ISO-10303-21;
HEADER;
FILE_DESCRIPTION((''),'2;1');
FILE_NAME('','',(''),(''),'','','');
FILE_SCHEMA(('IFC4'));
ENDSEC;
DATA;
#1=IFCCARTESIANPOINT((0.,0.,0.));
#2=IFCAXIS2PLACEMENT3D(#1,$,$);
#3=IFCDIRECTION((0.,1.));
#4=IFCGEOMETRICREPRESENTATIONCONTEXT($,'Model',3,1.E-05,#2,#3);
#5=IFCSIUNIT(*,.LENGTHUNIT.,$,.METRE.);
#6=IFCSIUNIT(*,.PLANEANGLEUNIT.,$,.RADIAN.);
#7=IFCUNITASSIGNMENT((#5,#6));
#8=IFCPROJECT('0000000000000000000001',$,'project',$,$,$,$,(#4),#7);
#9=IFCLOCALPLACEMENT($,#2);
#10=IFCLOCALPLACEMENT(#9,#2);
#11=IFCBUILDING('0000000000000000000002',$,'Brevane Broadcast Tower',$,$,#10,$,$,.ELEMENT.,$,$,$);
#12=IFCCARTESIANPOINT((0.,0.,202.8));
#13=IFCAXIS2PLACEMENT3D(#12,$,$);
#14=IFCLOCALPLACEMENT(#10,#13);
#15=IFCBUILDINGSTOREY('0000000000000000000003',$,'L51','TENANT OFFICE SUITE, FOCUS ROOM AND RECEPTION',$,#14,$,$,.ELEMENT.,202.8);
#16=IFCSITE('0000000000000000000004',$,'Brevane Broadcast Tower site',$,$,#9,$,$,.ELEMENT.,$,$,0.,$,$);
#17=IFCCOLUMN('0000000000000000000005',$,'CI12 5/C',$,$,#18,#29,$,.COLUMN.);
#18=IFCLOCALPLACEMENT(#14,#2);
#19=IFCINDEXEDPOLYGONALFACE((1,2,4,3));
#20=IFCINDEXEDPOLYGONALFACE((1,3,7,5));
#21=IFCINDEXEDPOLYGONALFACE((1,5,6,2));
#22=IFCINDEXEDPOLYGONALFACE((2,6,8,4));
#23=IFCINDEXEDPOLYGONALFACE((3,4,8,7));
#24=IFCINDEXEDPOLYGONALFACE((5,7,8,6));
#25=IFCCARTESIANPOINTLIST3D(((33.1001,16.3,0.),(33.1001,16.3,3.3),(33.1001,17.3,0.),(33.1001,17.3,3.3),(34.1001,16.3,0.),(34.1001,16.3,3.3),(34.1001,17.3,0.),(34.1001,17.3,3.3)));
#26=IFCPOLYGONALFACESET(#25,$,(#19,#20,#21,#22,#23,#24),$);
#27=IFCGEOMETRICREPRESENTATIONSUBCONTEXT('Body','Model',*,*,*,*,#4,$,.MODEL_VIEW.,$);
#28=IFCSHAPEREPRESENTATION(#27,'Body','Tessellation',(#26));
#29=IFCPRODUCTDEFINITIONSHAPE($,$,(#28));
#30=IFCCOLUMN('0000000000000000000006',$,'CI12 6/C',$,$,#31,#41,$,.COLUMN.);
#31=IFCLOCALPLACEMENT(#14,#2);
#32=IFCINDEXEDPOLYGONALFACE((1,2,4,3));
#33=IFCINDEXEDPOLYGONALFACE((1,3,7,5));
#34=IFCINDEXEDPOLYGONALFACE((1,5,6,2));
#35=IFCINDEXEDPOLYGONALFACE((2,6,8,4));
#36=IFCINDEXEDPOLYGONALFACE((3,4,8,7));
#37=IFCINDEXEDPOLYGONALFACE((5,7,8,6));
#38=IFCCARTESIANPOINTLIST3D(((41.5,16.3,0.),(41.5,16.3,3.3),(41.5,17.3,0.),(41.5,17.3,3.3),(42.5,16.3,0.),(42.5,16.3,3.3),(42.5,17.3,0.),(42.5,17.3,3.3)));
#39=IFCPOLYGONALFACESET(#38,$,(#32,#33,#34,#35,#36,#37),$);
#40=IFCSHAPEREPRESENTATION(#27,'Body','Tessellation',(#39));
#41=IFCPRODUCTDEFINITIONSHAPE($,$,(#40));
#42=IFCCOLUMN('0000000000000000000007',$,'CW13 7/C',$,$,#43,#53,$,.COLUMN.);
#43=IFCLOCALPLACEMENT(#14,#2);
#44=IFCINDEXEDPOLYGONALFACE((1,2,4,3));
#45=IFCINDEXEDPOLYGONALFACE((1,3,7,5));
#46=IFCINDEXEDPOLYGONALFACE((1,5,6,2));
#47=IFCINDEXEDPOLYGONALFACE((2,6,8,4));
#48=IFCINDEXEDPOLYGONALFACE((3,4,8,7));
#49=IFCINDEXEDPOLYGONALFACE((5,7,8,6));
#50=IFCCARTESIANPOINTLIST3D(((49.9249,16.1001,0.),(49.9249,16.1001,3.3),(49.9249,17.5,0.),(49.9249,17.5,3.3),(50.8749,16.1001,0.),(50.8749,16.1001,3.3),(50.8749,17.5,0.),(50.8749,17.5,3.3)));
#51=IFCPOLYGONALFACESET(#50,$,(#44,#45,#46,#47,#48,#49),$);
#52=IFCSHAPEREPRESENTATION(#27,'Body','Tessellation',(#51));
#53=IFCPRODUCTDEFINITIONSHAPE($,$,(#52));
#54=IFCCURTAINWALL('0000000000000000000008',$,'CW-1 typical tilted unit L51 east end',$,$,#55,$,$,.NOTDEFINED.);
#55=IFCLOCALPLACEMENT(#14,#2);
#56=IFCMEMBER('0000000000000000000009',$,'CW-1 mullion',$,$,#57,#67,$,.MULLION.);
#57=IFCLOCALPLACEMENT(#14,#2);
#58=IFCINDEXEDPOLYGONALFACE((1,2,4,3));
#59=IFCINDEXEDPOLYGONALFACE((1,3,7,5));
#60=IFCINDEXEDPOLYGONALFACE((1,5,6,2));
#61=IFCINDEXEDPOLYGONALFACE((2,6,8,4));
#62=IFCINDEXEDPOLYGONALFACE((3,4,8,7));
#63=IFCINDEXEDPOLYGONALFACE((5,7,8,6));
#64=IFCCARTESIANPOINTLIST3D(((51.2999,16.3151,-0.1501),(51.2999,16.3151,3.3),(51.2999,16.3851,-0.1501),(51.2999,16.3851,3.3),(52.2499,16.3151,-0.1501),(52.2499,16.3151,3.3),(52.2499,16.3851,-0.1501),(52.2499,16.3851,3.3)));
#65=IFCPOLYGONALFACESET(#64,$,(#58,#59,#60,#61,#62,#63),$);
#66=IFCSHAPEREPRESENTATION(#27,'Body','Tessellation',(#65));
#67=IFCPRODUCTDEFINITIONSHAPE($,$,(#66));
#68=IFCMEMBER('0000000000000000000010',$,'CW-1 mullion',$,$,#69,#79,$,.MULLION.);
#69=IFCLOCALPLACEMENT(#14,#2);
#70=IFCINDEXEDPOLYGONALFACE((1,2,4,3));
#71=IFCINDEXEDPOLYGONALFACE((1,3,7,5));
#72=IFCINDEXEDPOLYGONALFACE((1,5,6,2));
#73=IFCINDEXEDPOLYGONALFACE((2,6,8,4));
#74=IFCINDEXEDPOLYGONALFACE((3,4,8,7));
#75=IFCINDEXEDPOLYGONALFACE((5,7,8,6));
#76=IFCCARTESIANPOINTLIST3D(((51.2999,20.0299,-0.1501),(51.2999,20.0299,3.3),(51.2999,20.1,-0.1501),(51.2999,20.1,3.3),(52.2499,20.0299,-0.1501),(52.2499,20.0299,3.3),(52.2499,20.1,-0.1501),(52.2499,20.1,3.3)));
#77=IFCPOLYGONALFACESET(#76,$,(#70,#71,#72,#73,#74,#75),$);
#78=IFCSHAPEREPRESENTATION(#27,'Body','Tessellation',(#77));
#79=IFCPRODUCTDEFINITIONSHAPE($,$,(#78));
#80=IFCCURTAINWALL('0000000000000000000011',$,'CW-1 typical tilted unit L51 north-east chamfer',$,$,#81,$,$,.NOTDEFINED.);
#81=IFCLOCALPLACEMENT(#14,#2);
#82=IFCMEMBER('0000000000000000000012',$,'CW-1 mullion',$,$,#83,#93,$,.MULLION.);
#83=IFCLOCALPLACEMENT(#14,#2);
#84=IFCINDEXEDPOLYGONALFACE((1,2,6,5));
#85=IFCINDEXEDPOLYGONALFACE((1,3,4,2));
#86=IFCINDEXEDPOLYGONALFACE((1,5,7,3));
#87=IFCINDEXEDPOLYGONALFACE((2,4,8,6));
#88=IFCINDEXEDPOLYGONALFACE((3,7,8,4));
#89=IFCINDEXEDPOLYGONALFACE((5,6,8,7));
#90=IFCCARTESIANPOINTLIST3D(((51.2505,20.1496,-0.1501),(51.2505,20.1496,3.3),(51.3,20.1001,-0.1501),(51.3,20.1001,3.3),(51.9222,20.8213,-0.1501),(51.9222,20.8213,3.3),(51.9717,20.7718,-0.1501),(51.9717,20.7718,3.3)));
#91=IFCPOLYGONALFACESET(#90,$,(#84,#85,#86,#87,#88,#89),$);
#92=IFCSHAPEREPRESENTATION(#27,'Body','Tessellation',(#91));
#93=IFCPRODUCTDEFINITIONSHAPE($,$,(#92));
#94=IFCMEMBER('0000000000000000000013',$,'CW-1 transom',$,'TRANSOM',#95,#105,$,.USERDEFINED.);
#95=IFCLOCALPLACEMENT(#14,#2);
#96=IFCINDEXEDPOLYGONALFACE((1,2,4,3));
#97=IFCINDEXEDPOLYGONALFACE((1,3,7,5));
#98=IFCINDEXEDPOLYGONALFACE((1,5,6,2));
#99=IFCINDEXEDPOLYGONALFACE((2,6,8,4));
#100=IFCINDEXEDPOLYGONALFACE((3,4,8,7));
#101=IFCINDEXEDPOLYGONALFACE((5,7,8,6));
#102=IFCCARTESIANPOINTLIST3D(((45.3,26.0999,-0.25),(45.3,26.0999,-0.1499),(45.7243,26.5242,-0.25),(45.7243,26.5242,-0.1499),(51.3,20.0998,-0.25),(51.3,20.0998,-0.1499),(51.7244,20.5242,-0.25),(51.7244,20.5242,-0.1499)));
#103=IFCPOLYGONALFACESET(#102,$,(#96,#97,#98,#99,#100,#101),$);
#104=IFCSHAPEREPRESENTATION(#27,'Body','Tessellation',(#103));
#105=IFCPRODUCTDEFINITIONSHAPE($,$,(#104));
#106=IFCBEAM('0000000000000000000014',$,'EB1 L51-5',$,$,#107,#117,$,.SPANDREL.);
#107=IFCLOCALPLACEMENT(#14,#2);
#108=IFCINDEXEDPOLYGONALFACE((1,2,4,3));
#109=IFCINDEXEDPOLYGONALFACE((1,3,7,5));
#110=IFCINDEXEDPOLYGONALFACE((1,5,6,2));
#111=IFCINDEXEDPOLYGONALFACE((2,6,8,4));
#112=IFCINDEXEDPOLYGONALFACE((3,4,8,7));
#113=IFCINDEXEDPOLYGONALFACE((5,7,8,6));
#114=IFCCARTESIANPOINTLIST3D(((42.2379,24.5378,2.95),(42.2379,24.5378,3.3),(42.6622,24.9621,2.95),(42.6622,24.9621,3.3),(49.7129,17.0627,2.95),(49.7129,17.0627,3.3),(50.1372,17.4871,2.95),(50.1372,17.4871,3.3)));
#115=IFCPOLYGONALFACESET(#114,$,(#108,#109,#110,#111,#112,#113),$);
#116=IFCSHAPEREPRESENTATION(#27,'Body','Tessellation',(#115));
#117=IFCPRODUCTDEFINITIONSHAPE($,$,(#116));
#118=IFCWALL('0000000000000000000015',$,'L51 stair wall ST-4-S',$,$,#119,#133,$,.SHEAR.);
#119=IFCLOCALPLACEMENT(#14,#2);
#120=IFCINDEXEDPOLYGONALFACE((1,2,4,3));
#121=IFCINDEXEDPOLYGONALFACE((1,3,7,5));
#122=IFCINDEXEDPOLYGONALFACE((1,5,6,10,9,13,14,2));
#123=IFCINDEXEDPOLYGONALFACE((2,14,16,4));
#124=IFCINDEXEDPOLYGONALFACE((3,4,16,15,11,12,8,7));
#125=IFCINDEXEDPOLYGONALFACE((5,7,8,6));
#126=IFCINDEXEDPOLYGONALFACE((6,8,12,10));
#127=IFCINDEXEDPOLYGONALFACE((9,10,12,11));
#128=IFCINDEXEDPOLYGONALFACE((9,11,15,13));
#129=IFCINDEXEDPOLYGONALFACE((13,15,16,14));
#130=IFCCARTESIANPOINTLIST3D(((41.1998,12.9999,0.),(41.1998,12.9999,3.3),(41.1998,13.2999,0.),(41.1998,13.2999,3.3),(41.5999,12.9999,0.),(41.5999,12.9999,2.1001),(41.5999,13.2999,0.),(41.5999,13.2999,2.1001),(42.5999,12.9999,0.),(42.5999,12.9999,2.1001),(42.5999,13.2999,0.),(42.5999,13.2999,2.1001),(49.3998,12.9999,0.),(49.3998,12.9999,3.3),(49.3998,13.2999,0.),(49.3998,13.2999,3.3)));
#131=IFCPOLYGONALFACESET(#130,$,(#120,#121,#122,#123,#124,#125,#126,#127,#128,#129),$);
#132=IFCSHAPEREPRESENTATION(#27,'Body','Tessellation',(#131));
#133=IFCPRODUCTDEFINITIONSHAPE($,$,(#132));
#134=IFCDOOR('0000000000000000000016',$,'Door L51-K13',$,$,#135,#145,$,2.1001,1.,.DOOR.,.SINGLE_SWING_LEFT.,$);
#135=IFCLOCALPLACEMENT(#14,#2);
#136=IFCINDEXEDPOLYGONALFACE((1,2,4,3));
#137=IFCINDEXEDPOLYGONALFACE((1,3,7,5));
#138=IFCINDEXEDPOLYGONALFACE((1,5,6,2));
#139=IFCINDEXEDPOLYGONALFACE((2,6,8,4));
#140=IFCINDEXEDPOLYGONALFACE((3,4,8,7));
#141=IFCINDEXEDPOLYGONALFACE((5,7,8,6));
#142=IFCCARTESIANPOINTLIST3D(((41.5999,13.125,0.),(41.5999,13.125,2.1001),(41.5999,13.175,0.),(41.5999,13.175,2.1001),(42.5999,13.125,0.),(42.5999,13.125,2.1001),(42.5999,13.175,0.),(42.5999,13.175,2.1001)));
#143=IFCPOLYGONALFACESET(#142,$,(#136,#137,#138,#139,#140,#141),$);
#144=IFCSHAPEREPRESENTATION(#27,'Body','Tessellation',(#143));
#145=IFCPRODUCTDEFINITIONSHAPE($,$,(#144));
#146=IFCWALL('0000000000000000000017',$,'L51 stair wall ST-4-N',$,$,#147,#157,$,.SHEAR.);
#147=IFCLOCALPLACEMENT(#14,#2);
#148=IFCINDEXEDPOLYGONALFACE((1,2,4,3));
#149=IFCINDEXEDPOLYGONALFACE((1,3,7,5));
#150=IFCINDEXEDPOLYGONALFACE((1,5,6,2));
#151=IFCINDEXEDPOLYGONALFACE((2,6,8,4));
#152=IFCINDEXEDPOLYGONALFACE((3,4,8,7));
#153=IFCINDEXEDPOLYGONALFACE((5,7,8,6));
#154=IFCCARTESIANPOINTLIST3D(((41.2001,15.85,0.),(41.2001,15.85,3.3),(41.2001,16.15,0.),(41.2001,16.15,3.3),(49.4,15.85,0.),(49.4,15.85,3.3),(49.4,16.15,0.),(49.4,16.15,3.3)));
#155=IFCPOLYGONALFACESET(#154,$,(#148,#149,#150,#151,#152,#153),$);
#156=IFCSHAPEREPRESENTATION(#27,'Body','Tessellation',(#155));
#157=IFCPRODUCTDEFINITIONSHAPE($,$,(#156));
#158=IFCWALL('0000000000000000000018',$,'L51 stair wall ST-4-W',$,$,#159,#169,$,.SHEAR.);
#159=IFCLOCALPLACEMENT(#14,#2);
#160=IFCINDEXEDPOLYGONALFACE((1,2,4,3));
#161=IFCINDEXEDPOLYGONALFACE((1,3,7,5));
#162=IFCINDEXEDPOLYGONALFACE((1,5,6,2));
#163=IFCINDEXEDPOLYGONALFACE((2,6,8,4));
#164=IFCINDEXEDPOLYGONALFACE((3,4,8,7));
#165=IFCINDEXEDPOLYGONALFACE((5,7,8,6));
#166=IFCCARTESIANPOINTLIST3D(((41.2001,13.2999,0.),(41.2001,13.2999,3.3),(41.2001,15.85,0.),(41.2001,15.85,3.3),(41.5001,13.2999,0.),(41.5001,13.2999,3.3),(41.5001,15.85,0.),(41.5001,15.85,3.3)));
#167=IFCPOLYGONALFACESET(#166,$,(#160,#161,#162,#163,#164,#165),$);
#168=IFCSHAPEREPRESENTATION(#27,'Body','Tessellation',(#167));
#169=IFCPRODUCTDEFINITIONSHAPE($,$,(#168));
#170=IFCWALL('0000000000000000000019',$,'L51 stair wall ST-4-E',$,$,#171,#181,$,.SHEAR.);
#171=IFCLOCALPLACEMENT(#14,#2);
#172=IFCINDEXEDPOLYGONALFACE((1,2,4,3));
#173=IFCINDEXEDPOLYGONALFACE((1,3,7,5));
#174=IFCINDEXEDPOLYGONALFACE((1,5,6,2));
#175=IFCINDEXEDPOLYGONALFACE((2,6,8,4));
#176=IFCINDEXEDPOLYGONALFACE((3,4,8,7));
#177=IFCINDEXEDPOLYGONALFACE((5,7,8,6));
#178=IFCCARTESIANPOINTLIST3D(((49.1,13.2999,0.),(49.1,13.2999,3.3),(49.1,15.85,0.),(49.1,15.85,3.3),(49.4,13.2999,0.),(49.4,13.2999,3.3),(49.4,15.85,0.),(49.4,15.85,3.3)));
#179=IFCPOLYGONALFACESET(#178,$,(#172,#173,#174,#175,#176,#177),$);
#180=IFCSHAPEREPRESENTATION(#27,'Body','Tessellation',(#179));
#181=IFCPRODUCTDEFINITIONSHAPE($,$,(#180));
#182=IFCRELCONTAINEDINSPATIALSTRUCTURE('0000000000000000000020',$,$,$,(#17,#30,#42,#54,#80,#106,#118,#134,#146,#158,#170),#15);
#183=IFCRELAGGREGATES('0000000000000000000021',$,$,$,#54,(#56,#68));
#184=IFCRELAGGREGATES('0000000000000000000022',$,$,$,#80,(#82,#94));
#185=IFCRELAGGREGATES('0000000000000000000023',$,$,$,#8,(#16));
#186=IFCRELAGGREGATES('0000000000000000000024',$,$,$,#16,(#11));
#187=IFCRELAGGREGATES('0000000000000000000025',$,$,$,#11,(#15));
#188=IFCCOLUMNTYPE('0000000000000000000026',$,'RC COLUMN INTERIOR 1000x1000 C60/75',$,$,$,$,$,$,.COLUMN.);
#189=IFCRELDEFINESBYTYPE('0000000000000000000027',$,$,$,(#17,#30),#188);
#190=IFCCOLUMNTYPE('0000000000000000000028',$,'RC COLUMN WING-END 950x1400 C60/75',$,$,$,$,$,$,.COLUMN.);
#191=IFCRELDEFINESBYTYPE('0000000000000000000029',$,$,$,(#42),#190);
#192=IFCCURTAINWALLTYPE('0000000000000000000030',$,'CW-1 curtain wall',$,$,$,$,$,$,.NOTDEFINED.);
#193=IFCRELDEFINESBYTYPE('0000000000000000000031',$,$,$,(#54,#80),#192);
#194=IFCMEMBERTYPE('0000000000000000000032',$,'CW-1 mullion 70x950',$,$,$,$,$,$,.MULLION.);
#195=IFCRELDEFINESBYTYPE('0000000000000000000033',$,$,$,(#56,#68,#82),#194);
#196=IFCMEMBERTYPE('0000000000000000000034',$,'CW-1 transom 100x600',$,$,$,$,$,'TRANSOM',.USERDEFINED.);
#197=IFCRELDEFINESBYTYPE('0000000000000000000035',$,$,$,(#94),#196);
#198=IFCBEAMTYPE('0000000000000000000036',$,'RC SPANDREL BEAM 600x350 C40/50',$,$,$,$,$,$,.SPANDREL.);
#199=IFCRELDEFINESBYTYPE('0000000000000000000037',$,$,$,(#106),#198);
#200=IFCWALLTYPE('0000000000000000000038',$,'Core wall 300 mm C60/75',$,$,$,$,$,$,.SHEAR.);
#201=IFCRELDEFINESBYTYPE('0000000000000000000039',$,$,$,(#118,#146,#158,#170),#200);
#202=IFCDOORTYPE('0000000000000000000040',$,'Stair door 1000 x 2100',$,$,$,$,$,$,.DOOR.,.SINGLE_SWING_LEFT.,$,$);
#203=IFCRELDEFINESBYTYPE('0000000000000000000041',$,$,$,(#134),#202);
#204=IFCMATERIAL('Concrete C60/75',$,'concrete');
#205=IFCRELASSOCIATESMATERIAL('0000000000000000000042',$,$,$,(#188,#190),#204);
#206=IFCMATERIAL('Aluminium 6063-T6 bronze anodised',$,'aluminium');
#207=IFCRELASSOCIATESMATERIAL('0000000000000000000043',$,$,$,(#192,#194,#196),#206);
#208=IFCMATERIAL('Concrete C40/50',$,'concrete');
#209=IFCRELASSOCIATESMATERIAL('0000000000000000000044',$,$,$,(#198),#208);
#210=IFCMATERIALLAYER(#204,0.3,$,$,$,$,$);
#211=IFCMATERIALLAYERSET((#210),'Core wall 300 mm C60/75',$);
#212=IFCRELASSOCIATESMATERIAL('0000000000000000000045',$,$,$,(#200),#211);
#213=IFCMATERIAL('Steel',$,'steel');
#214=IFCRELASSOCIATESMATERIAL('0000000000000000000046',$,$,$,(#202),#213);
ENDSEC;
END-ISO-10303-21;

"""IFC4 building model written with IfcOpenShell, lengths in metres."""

from ifc_helpers import new_model, si_unit, direction, frame, frame_2d, origin, origin_2d, place, context, subcontext, project, spatial, rectangle, extrude, material, layer, layer_set, material_profile, profile_set, type_object, element, fill, aggregate, save


model = new_model("IFC4")

# Units and contexts
model_context = context("Model", 3, precision=1e-05, world=origin(), true_north=direction((0.0, 1.0)))
body_context = subcontext(model_context, "Body", "Model", "MODEL_VIEW")
ifc_project = project(units=[si_unit("LENGTHUNIT", "METRE"), si_unit("PLANEANGLEUNIT", "RADIAN")], contexts=[model_context])

# Site, building, storey
site_placement = place(None, origin())
site = spatial("IfcSite", under=ifc_project, at=site_placement, Name="Brevane Broadcast Tower site", CompositionType="ELEMENT", RefElevation=0.0)
building_placement = place(site_placement, origin())
building = spatial("IfcBuilding", under=site, at=building_placement, Name="Brevane Broadcast Tower", CompositionType="ELEMENT")
storey_placement = place(building_placement, frame((0.0, 0.0, 202.8)))
storey = spatial("IfcBuildingStorey", under=building, at=storey_placement, Name="L51", Description="TENANT OFFICE SUITE, FOCUS ROOM AND RECEPTION", CompositionType="ELEMENT", Elevation=202.8)

# Columns
ifc_material_1 = material(Name="Concrete C60/75", Category="concrete")
ifc_material_profile_1 = material_profile(ifc_material_1, rectangle(XDim=1.0, YDim=1.0, at=origin_2d()), Name="RC 1000x1000")
ifc_profile_set_1 = profile_set([ifc_material_profile_1], Name="Concrete C60/75")
column_type_1 = type_object("IfcColumnType", Name="RC COLUMN INTERIOR 1000x1000 C60/75", PredefinedType="COLUMN", material=ifc_profile_set_1)
for number, where, z_axis, x_axis, name in (
    (1, (33.6001, 16.8, 0.0), (0.0, 0.0, 1.0), (1.0, 0.0, 0.0), "CI12 5/C"),
    (2, (42.0, 16.8, 0.0), (0.0, 0.0, 1.0), (1.0, 0.0, 0.0), "CI12 6/C"),
):
    element("IfcColumn", number, at=place(storey_placement, frame(where, z_axis=z_axis, x_axis=x_axis)), inside=storey, type_object=column_type_1, Name=name, PredefinedType="COLUMN", context=body_context, shape_type="SweptSolid", body=[
        extrude(rectangle(XDim=1.0, YDim=1.0, at=origin_2d()), origin(), (0.0, 0.0, 1.0), 3.3),
    ])
ifc_material_profile_2 = material_profile(ifc_material_1, rectangle(XDim=0.95, YDim=1.3999, at=origin_2d()), Name="RC 950x1400")
ifc_profile_set_2 = profile_set([ifc_material_profile_2], Name="Concrete C60/75")
column_type_2 = type_object("IfcColumnType", Name="RC COLUMN WING-END 950x1400 C60/75", PredefinedType="COLUMN", material=ifc_profile_set_2)
column_placement = place(storey_placement, frame((50.3999, 16.8, 0.0), z_axis=(0.0, 0.0, 1.0), x_axis=(1.0, 0.0, 0.0)))
element("IfcColumn", 3, at=column_placement, inside=storey, type_object=column_type_2, Name="CW13 7/C", PredefinedType="COLUMN", context=body_context, shape_type="SweptSolid", body=[
    extrude(rectangle(XDim=0.95, YDim=1.3999, at=origin_2d()), origin(), (0.0, 0.0, 1.0), 3.3),
])

# Curtain walls, members
ifc_material_2 = material(Name="Aluminium 6063-T6 bronze anodised", Category="aluminium")
curtain_wall_type = type_object("IfcCurtainWallType", Name="CW-1 curtain wall", PredefinedType="NOTDEFINED", material=ifc_material_2)
curtain_wall_1_placement = place(storey_placement, origin())
curtain_wall_1 = element("IfcCurtainWall", 4, at=curtain_wall_1_placement, inside=storey, type_object=curtain_wall_type, Name="CW-1 typical tilted unit L51 east end", PredefinedType="NOTDEFINED")
ifc_material_profile_3 = material_profile(ifc_material_2, rectangle(XDim=0.95, YDim=0.0701, at=origin_2d()), Name="RECT 70x950")
ifc_profile_set_3 = profile_set([ifc_material_profile_3], Name="Aluminium 6063-T6 bronze anodised")
member_type_1 = type_object("IfcMemberType", Name="CW-1 mullion 70x950", PredefinedType="MULLION", material=ifc_profile_set_3)
member_1_placement = place(storey_placement, frame((51.7749, 16.3501, -0.1501), z_axis=(0.0, 0.0, 1.0), x_axis=(-1.0, 0.0, 0.0)))
member_1 = element("IfcMember", 5, at=member_1_placement, type_object=member_type_1, Name="CW-1 mullion", PredefinedType="MULLION", context=body_context, shape_type="SweptSolid", body=[
    extrude(rectangle(XDim=0.95, YDim=0.0701, at=origin_2d()), origin(), (0.0, 0.0, 1.0), 3.4502),
])
member_2_placement = place(storey_placement, frame((51.7749, 20.0649, -0.1501), z_axis=(0.0, 0.0, 1.0), x_axis=(-1.0, 0.0, 0.0)))
member_2 = element("IfcMember", 6, at=member_2_placement, type_object=member_type_1, Name="CW-1 mullion", PredefinedType="MULLION", context=body_context, shape_type="SweptSolid", body=[
    extrude(rectangle(XDim=0.95, YDim=0.0701, at=origin_2d()), origin(), (0.0, 0.0, 1.0), 3.4502),
])
aggregate(curtain_wall_1, [member_1, member_2])
curtain_wall_2_placement = place(storey_placement, origin())
curtain_wall_2 = element("IfcCurtainWall", 7, at=curtain_wall_2_placement, inside=storey, type_object=curtain_wall_type, Name="CW-1 typical tilted unit L51 north-east chamfer", PredefinedType="NOTDEFINED")
member_3_placement = place(storey_placement, frame((51.6111, 20.4607, -0.1501), z_axis=(0.0, 0.0, 1.0), x_axis=(-0.707107, -0.707107, 0.0)))
member_3 = element("IfcMember", 8, at=member_3_placement, type_object=member_type_1, Name="CW-1 mullion", PredefinedType="MULLION", context=body_context, shape_type="SweptSolid", body=[
    extrude(rectangle(XDim=0.95, YDim=0.0701, at=origin_2d()), origin(), (0.0, 0.0, 1.0), 3.4502),
])
ifc_material_profile_4 = material_profile(ifc_material_2, rectangle(XDim=0.6001, YDim=0.1001, at=origin_2d()), Name="RECT 100x600")
ifc_profile_set_4 = profile_set([ifc_material_profile_4], Name="Aluminium 6063-T6 bronze anodised")
member_type_2 = type_object("IfcMemberType", Name="CW-1 transom 100x600", ElementType="TRANSOM", PredefinedType="USERDEFINED", material=ifc_profile_set_4)
member_4_placement = place(storey_placement, frame((51.5122, 20.312, -0.2), z_axis=(-0.707107, 0.707107, 0.0), x_axis=(-0.707107, -0.707107, 0.0)))
member_4 = element("IfcMember", 9, at=member_4_placement, type_object=member_type_2, Name="CW-1 transom", ObjectType="TRANSOM", PredefinedType="USERDEFINED", context=body_context, shape_type="SweptSolid", body=[
    extrude(rectangle(XDim=0.6001, YDim=0.1001, at=origin_2d()), origin(), (0.0, 0.0, 1.0), 8.4854),
])
aggregate(curtain_wall_2, [member_3, member_4])

# Beam
ifc_material_3 = material(Name="Concrete C40/50", Category="concrete")
ifc_material_profile_5 = material_profile(ifc_material_3, rectangle(XDim=0.6001, YDim=0.3501, at=origin_2d()), Name="RC 600x350")
ifc_profile_set_5 = profile_set([ifc_material_profile_5], Name="Concrete C40/50")
beam_type = type_object("IfcBeamType", Name="RC SPANDREL BEAM 600x350 C40/50", PredefinedType="SPANDREL", material=ifc_profile_set_5)
beam_placement = place(storey_placement, frame((49.925, 17.2749, 3.125), z_axis=(-0.707107, 0.707107, 0.0), x_axis=(-0.707107, -0.707107, 0.0)))
element("IfcBeam", 10, at=beam_placement, inside=storey, type_object=beam_type, Name="EB1 L51-5", PredefinedType="SPANDREL", context=body_context, shape_type="SweptSolid", body=[
    extrude(rectangle(XDim=0.6001, YDim=0.3501, at=origin_2d()), origin(), (0.0, 0.0, 1.0), 10.5713),
])

# Wall, opening, door
ifc_layer_1 = layer(ifc_material_1, 0.3)
ifc_layer_set_1 = layer_set([ifc_layer_1], Name="Core wall 300 mm C60/75")
wall_type_1 = type_object("IfcWallType", Name="Core wall 300 mm C60/75", PredefinedType="SHEAR", material=ifc_layer_set_1)
wall_1_placement = place(storey_placement, frame((49.3999, 13.1499, 0.0), z_axis=(0.0, 0.0, 1.0), x_axis=(-1.0, 0.0, 0.0)))
wall_1 = element("IfcWall", 11, at=wall_1_placement, inside=storey, type_object=wall_type_1, Name="L51 stair wall ST-4-S", PredefinedType="SHEAR", context=body_context, shape_type="SweptSolid", body=[
    extrude(rectangle(XDim=8.2, YDim=0.3, at=frame_2d((4.1001, 0.0))), origin(), (0.0, 0.0, 1.0), 3.3),
])
opening_1_placement = place(wall_1_placement, frame((6.8, 0.0, 0.0)))
opening_1 = element("IfcOpeningElement", 12, at=opening_1_placement, cuts=wall_1, PredefinedType="OPENING", context=body_context, shape_type="SweptSolid", body=[
    extrude(rectangle(XDim=1.0, YDim=2.1001, at=frame_2d((0.5, 1.05))), frame((0.0, 0.1599, 0.0), z_axis=(0.0, -1.0, 0.0), x_axis=(1.0, 0.0, 0.0)), (0.0, 0.0, 1.0), 0.3201),
])
ifc_material_4 = material(Name="Steel", Category="steel")
door_type_1 = type_object("IfcDoorType", Name="Stair door 1000 x 2100", OperationType="SINGLE_SWING_LEFT", PredefinedType="DOOR", material=ifc_material_4)
door_1_placement = place(opening_1_placement, origin())
door_1 = element("IfcDoor", 13, at=door_1_placement, inside=storey, type_object=door_type_1, Name="Door L51-K13", OperationType="SINGLE_SWING_LEFT", OverallHeight=2.1001, OverallWidth=1.0, PredefinedType="DOOR", context=body_context, shape_type="SweptSolid", body=[
    extrude(rectangle(XDim=1.0, YDim=2.1001, at=frame_2d((0.5, 1.05))), frame((0.0, 0.0249, 0.0), z_axis=(0.0, -1.0, 0.0), x_axis=(1.0, 0.0, 0.0)), (0.0, 0.0, 1.0), 0.05),
])
fill(opening_1, door_1)

# Walls
wall_2_placement = place(storey_placement, frame((41.2, 16.0, 0.0), z_axis=(0.0, 0.0, 1.0), x_axis=(1.0, 0.0, 0.0)))
element("IfcWall", 14, at=wall_2_placement, inside=storey, type_object=wall_type_1, Name="L51 stair wall ST-4-N", PredefinedType="SHEAR", context=body_context, shape_type="SweptSolid", body=[
    extrude(rectangle(XDim=8.2, YDim=0.3, at=frame_2d((4.1001, 0.0))), origin(), (0.0, 0.0, 1.0), 3.3),
])
for number, where, z_axis, x_axis, name in (
    (15, (41.3501, 13.3, 0.0), (0.0, 0.0, 1.0), (0.0, 1.0, 0.0), "L51 stair wall ST-4-W"),
    (16, (49.25, 13.3, 0.0), (0.0, 0.0, 1.0), (0.0, 1.0, 0.0), "L51 stair wall ST-4-E"),
):
    element("IfcWall", number, at=place(storey_placement, frame(where, z_axis=z_axis, x_axis=x_axis)), inside=storey, type_object=wall_type_1, Name=name, PredefinedType="SHEAR", context=body_context, shape_type="SweptSolid", body=[
        extrude(rectangle(XDim=2.55, YDim=0.3, at=frame_2d((1.2749, 0.0))), origin(), (0.0, 0.0, 1.0), 3.3),
    ])

save(model, "model.ifc")
